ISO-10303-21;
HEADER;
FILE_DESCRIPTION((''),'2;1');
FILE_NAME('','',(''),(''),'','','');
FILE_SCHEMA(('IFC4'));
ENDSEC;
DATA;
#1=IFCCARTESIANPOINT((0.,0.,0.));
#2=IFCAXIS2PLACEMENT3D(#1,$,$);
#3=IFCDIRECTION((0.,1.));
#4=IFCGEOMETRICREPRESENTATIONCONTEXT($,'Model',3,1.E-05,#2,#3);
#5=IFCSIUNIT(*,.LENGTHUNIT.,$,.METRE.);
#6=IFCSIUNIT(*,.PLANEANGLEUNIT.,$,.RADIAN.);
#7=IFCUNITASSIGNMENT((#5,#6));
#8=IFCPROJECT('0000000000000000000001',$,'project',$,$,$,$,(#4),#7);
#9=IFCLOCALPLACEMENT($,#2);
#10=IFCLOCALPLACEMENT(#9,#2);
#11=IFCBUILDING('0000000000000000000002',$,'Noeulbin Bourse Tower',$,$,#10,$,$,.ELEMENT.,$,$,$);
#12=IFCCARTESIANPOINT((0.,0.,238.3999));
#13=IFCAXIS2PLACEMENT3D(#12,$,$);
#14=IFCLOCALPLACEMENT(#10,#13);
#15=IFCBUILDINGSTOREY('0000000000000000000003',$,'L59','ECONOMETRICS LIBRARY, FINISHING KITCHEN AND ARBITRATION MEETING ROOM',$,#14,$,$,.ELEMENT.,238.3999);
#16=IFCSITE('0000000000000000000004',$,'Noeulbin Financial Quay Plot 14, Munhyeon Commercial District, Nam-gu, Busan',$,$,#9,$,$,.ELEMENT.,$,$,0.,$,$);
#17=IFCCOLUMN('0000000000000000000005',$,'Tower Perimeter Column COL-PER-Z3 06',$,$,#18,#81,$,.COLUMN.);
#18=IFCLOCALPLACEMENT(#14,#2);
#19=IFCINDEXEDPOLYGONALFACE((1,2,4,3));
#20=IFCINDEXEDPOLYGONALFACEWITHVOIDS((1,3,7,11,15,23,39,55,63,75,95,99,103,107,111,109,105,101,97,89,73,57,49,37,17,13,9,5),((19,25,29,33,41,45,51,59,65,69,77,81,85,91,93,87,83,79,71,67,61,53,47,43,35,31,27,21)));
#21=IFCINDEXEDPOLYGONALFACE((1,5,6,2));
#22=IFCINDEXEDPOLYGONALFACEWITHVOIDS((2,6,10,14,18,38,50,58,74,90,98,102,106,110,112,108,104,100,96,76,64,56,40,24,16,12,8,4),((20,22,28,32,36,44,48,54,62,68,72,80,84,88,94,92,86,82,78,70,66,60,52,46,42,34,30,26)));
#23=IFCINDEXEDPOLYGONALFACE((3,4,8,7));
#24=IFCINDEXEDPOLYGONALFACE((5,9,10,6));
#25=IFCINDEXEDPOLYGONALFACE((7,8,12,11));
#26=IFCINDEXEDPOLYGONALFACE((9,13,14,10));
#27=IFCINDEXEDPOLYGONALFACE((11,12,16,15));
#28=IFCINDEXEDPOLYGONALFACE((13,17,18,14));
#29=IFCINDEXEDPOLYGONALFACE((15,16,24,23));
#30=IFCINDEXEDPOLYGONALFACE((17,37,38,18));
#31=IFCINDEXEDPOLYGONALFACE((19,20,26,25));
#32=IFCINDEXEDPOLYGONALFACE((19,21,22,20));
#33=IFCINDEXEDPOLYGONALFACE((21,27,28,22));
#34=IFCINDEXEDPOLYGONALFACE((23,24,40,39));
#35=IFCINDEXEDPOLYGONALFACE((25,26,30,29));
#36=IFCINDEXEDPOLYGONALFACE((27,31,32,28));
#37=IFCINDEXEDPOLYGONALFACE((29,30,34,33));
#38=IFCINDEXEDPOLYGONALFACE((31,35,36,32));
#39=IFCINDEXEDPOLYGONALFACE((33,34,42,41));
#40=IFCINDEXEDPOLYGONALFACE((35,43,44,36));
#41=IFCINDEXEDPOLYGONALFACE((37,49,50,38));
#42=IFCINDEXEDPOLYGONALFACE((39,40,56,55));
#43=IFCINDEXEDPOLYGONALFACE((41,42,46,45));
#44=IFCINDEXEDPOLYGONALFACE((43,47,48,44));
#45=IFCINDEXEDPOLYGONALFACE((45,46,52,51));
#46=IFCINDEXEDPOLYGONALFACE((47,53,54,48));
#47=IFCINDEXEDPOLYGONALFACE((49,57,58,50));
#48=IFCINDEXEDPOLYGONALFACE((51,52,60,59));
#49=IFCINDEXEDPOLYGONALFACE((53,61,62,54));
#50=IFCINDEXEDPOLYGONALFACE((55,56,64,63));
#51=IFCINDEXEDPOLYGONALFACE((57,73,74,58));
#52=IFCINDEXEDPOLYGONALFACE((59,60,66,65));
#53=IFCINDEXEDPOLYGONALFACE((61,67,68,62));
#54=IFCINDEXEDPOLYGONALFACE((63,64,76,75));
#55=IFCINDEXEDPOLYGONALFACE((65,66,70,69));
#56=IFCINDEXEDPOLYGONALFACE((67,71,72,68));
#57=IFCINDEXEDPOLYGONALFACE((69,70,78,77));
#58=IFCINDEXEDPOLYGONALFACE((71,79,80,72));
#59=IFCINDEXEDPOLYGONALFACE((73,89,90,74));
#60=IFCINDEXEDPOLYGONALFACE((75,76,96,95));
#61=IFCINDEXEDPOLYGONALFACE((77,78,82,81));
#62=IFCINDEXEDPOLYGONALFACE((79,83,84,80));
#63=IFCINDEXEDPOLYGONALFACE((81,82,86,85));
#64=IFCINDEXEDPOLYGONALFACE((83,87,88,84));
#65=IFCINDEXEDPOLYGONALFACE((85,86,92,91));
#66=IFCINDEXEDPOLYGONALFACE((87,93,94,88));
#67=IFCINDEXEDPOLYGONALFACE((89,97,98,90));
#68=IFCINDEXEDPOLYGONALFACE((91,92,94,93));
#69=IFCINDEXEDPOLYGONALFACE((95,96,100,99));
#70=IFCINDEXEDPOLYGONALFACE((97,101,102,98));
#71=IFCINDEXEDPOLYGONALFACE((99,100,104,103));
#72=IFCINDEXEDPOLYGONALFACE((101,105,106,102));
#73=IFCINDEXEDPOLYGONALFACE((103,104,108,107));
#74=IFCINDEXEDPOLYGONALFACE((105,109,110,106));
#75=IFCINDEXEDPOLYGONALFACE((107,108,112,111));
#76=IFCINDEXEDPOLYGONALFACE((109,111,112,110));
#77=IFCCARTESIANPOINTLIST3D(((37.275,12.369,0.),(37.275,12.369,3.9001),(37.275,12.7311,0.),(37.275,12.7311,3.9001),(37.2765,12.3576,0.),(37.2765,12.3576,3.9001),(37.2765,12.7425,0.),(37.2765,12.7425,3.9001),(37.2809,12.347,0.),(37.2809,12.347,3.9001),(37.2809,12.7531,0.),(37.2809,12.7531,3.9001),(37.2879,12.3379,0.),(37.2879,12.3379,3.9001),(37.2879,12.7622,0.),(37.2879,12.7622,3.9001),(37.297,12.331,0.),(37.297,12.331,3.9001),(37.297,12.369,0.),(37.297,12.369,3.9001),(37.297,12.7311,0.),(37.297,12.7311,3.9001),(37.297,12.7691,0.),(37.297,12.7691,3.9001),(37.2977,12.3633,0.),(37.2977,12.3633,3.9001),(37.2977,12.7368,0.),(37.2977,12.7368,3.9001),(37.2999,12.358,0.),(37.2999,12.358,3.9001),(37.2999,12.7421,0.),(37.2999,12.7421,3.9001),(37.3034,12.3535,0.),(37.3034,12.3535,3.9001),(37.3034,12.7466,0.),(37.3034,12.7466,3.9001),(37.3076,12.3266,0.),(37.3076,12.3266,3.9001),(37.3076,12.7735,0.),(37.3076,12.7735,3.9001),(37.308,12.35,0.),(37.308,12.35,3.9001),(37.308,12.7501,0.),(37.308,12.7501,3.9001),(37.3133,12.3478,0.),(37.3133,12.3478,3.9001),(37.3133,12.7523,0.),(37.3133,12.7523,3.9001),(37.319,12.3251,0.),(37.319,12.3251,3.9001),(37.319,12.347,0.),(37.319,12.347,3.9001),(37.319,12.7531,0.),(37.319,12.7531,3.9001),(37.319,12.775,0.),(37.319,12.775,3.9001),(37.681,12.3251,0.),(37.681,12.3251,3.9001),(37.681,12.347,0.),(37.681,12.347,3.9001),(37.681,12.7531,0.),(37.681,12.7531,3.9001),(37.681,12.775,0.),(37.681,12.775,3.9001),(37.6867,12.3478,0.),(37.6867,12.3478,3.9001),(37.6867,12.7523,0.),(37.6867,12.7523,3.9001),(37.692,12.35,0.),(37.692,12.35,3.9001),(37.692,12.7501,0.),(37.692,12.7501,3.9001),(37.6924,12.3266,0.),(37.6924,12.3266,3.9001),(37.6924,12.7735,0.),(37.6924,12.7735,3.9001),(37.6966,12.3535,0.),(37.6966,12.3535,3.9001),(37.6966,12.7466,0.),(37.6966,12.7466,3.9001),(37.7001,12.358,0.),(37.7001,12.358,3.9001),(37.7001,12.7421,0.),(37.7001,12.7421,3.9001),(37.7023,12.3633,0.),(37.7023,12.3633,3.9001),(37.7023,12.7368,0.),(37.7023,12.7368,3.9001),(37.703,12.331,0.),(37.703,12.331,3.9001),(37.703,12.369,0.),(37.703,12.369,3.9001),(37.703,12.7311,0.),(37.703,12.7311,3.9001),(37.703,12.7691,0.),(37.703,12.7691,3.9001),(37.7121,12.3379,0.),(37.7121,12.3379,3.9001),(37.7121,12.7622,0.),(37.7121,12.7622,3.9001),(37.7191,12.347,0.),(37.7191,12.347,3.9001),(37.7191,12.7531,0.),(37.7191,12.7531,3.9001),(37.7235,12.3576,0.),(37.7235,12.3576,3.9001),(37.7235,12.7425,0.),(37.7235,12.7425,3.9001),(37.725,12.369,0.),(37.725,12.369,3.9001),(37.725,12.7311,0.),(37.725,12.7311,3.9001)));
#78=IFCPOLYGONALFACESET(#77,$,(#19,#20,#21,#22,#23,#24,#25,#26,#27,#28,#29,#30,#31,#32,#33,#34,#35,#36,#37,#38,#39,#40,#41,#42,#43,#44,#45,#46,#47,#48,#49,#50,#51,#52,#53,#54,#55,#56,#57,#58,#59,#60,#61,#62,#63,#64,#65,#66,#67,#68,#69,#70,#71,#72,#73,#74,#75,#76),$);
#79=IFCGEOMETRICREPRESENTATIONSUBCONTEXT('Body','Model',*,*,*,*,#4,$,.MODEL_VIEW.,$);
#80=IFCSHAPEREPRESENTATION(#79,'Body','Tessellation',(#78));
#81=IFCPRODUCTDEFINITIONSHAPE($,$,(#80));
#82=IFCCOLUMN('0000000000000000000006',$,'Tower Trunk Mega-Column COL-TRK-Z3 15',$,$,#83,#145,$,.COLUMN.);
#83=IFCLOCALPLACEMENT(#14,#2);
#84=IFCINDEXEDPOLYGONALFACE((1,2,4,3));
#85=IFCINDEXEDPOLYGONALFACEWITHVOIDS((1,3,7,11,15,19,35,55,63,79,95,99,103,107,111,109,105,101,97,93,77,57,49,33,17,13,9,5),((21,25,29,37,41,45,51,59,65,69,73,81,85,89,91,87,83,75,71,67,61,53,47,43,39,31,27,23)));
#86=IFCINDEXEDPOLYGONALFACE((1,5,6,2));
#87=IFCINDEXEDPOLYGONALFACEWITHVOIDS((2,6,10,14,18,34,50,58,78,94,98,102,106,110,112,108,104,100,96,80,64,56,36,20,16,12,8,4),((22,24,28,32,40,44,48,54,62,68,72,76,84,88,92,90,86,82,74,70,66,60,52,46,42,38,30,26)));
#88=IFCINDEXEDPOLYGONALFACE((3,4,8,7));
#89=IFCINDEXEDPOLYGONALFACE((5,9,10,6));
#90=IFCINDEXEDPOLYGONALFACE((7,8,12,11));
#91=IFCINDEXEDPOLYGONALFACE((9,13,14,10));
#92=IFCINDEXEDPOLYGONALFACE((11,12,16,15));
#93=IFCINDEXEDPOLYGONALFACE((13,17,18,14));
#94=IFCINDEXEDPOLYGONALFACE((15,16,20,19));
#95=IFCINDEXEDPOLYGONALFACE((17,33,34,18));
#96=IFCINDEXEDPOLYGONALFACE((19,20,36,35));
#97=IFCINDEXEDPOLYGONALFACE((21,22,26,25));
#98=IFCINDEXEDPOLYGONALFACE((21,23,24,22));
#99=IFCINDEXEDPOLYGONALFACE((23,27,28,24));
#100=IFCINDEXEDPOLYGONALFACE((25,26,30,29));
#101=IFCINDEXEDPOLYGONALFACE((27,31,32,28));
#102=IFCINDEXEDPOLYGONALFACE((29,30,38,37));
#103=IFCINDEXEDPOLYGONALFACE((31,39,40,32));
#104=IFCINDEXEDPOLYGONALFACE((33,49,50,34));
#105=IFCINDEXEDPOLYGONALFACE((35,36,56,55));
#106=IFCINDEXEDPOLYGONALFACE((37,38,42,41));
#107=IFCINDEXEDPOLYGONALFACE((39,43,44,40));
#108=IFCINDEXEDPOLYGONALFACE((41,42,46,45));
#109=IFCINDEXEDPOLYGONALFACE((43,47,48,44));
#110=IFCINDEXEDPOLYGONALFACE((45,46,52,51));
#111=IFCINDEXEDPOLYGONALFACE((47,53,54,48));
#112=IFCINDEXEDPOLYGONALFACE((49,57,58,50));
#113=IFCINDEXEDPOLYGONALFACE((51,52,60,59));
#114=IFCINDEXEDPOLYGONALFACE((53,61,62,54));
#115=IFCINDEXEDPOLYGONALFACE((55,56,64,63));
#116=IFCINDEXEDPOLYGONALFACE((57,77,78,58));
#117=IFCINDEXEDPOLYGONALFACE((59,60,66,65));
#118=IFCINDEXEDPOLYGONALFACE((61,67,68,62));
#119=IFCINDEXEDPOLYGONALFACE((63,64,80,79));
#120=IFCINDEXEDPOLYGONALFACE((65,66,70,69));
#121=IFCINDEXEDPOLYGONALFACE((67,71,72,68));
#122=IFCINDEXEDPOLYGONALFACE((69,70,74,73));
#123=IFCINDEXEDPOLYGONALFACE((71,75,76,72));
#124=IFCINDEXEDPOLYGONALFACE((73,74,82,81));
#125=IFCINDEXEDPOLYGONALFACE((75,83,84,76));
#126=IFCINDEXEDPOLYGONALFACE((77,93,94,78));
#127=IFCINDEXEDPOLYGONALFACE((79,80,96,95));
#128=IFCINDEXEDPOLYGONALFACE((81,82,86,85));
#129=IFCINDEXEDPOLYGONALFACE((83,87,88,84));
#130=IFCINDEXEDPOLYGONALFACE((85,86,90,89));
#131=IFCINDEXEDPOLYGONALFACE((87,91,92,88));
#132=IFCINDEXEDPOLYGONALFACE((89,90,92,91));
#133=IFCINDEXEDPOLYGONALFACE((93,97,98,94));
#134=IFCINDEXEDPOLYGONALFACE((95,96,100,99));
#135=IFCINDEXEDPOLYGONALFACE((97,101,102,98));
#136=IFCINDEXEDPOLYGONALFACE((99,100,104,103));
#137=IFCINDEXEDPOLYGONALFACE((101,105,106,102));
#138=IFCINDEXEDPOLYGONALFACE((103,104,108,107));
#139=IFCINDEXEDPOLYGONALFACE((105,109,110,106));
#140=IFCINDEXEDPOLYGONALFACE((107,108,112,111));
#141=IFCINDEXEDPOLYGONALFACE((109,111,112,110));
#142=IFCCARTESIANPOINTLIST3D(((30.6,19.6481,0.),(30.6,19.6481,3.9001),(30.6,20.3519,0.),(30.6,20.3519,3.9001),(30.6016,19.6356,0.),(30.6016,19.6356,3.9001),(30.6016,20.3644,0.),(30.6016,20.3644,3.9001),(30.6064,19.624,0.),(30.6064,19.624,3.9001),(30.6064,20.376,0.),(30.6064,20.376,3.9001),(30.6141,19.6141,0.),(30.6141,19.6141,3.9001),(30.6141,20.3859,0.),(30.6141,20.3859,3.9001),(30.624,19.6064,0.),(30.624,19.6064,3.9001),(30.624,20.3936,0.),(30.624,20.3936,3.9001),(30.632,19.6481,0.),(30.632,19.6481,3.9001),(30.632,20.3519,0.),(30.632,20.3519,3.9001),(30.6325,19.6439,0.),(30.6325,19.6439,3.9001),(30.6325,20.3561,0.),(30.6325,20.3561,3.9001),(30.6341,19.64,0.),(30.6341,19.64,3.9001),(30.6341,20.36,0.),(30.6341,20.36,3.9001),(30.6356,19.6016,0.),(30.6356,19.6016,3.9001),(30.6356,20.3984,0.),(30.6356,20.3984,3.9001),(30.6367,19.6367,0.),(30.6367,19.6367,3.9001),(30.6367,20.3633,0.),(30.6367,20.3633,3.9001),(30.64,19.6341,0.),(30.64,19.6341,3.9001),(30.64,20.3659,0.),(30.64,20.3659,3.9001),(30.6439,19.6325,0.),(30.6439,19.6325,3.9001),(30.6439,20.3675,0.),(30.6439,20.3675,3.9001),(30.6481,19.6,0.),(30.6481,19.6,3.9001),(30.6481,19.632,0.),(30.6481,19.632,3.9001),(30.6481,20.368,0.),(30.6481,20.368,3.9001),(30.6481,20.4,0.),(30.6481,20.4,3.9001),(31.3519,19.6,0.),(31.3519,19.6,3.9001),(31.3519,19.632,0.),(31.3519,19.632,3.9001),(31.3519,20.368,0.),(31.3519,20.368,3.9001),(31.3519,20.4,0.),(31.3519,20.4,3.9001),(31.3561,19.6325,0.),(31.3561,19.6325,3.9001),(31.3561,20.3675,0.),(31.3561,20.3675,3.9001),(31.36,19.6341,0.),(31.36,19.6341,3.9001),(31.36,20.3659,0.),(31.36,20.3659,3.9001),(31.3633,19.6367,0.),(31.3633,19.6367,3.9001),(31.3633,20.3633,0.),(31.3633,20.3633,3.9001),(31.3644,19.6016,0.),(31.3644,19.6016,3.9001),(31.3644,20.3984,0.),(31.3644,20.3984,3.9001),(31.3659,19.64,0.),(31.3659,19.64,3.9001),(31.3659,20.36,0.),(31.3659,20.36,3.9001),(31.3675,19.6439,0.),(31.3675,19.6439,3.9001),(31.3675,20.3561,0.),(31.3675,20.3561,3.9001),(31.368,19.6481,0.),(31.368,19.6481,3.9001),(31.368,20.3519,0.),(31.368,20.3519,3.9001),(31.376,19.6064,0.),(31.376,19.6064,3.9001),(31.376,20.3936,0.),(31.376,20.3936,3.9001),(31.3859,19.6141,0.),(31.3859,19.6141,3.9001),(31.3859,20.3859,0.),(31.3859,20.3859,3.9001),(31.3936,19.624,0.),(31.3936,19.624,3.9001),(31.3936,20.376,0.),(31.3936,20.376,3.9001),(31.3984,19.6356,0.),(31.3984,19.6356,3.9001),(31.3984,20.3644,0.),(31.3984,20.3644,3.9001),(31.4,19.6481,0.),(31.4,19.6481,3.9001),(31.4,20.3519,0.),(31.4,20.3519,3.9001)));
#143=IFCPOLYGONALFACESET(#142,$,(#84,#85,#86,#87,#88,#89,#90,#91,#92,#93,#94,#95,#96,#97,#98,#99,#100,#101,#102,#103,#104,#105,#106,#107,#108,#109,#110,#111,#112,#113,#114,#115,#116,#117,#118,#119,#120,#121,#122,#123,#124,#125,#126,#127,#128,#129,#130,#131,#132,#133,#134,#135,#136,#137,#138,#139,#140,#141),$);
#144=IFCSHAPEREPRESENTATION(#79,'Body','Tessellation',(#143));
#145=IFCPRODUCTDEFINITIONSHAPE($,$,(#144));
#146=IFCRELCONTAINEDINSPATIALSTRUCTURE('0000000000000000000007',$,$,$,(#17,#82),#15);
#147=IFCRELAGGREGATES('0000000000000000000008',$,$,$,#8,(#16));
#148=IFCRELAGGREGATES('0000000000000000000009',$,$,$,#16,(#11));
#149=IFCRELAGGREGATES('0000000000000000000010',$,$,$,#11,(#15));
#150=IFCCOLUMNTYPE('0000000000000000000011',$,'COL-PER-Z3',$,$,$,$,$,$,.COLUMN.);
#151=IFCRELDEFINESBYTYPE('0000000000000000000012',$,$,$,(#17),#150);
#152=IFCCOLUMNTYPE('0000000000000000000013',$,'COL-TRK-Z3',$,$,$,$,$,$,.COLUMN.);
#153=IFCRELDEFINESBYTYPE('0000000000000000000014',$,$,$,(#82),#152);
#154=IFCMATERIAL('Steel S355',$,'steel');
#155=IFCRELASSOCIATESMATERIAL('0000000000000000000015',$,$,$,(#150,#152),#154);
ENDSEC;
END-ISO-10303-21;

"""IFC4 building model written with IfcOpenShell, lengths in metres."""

from ifc_helpers import new_model, si_unit, direction, frame, origin, origin_2d, place, context, subcontext, project, spatial, hollow_rectangle, extrude, material, material_profile, profile_set, type_object, element, save


model = new_model("IFC4")

# Units and contexts
model_context = context("Model", 3, precision=1e-05, world=origin(), true_north=direction((0.0, 1.0)))
body_context = subcontext(model_context, "Body", "Model", "MODEL_VIEW")
ifc_project = project(units=[si_unit("LENGTHUNIT", "METRE"), si_unit("PLANEANGLEUNIT", "RADIAN")], contexts=[model_context])

# Site, building, storey
site_placement = place(None, origin())
site = spatial("IfcSite", under=ifc_project, at=site_placement, Name="Noeulbin Financial Quay Plot 14, Munhyeon Commercial District, Nam-gu, Busan", CompositionType="ELEMENT", RefElevation=0.0)
building_placement = place(site_placement, origin())
building = spatial("IfcBuilding", under=site, at=building_placement, Name="Noeulbin Bourse Tower", CompositionType="ELEMENT")
storey_placement = place(building_placement, frame((0.0, 0.0, 238.3999)))
storey = spatial("IfcBuildingStorey", under=building, at=storey_placement, Name="L59", Description="ECONOMETRICS LIBRARY, FINISHING KITCHEN AND ARBITRATION MEETING ROOM", CompositionType="ELEMENT", Elevation=238.3999)

# Columns
ifc_material_1 = material(Name="Steel S355", Category="steel")
ifc_material_profile_1 = material_profile(ifc_material_1, hollow_rectangle(XDim=0.45, YDim=0.45, WallThickness=0.022, InnerFilletRadius=0.022, OuterFilletRadius=0.0439, at=origin_2d()), Name="SHS-450x450x22", Category="LoadBearing")
ifc_profile_set_1 = profile_set([ifc_material_profile_1], Name="Steel S355")
column_type_1 = type_object("IfcColumnType", Name="COL-PER-Z3", PredefinedType="COLUMN", material=ifc_profile_set_1)
column_placement = place(storey_placement, frame((37.5, 12.55, 0.0), z_axis=(0.0, 0.0, 1.0), x_axis=(1.0, 0.0, 0.0)))
element("IfcColumn", 1, at=column_placement, inside=storey, type_object=column_type_1, Name="Tower Perimeter Column COL-PER-Z3 06", PredefinedType="COLUMN", context=body_context, shape_type="SweptSolid", body=[
    extrude(hollow_rectangle(XDim=0.45, YDim=0.45, WallThickness=0.022, InnerFilletRadius=0.022, OuterFilletRadius=0.0439, at=origin_2d()), origin(), (0.0, 0.0, 1.0), 3.9001),
])
ifc_material_profile_2 = material_profile(ifc_material_1, hollow_rectangle(XDim=0.8, YDim=0.8, WallThickness=0.032, InnerFilletRadius=0.0161, OuterFilletRadius=0.0481, at=origin_2d()), Name="BOX-800x800x32", Category="LoadBearing")
ifc_profile_set_2 = profile_set([ifc_material_profile_2], Name="Steel S355")
column_type_2 = type_object("IfcColumnType", Name="COL-TRK-Z3", PredefinedType="COLUMN", material=ifc_profile_set_2)
for number, where, z_axis, x_axis, name in (
    (2, (31.0, 20.0, 0.0), (0.0, 0.0, 1.0), (1.0, 0.0, 0.0), "Tower Trunk Mega-Column COL-TRK-Z3 15"),
):
    element("IfcColumn", number, at=place(storey_placement, frame(where, z_axis=z_axis, x_axis=x_axis)), inside=storey, type_object=column_type_2, Name=name, PredefinedType="COLUMN", context=body_context, shape_type="SweptSolid", body=[
        extrude(hollow_rectangle(XDim=0.8, YDim=0.8, WallThickness=0.032, InnerFilletRadius=0.0161, OuterFilletRadius=0.0481, at=origin_2d()), origin(), (0.0, 0.0, 1.0), 3.9001),
    ])

save(model, "model.ifc")
